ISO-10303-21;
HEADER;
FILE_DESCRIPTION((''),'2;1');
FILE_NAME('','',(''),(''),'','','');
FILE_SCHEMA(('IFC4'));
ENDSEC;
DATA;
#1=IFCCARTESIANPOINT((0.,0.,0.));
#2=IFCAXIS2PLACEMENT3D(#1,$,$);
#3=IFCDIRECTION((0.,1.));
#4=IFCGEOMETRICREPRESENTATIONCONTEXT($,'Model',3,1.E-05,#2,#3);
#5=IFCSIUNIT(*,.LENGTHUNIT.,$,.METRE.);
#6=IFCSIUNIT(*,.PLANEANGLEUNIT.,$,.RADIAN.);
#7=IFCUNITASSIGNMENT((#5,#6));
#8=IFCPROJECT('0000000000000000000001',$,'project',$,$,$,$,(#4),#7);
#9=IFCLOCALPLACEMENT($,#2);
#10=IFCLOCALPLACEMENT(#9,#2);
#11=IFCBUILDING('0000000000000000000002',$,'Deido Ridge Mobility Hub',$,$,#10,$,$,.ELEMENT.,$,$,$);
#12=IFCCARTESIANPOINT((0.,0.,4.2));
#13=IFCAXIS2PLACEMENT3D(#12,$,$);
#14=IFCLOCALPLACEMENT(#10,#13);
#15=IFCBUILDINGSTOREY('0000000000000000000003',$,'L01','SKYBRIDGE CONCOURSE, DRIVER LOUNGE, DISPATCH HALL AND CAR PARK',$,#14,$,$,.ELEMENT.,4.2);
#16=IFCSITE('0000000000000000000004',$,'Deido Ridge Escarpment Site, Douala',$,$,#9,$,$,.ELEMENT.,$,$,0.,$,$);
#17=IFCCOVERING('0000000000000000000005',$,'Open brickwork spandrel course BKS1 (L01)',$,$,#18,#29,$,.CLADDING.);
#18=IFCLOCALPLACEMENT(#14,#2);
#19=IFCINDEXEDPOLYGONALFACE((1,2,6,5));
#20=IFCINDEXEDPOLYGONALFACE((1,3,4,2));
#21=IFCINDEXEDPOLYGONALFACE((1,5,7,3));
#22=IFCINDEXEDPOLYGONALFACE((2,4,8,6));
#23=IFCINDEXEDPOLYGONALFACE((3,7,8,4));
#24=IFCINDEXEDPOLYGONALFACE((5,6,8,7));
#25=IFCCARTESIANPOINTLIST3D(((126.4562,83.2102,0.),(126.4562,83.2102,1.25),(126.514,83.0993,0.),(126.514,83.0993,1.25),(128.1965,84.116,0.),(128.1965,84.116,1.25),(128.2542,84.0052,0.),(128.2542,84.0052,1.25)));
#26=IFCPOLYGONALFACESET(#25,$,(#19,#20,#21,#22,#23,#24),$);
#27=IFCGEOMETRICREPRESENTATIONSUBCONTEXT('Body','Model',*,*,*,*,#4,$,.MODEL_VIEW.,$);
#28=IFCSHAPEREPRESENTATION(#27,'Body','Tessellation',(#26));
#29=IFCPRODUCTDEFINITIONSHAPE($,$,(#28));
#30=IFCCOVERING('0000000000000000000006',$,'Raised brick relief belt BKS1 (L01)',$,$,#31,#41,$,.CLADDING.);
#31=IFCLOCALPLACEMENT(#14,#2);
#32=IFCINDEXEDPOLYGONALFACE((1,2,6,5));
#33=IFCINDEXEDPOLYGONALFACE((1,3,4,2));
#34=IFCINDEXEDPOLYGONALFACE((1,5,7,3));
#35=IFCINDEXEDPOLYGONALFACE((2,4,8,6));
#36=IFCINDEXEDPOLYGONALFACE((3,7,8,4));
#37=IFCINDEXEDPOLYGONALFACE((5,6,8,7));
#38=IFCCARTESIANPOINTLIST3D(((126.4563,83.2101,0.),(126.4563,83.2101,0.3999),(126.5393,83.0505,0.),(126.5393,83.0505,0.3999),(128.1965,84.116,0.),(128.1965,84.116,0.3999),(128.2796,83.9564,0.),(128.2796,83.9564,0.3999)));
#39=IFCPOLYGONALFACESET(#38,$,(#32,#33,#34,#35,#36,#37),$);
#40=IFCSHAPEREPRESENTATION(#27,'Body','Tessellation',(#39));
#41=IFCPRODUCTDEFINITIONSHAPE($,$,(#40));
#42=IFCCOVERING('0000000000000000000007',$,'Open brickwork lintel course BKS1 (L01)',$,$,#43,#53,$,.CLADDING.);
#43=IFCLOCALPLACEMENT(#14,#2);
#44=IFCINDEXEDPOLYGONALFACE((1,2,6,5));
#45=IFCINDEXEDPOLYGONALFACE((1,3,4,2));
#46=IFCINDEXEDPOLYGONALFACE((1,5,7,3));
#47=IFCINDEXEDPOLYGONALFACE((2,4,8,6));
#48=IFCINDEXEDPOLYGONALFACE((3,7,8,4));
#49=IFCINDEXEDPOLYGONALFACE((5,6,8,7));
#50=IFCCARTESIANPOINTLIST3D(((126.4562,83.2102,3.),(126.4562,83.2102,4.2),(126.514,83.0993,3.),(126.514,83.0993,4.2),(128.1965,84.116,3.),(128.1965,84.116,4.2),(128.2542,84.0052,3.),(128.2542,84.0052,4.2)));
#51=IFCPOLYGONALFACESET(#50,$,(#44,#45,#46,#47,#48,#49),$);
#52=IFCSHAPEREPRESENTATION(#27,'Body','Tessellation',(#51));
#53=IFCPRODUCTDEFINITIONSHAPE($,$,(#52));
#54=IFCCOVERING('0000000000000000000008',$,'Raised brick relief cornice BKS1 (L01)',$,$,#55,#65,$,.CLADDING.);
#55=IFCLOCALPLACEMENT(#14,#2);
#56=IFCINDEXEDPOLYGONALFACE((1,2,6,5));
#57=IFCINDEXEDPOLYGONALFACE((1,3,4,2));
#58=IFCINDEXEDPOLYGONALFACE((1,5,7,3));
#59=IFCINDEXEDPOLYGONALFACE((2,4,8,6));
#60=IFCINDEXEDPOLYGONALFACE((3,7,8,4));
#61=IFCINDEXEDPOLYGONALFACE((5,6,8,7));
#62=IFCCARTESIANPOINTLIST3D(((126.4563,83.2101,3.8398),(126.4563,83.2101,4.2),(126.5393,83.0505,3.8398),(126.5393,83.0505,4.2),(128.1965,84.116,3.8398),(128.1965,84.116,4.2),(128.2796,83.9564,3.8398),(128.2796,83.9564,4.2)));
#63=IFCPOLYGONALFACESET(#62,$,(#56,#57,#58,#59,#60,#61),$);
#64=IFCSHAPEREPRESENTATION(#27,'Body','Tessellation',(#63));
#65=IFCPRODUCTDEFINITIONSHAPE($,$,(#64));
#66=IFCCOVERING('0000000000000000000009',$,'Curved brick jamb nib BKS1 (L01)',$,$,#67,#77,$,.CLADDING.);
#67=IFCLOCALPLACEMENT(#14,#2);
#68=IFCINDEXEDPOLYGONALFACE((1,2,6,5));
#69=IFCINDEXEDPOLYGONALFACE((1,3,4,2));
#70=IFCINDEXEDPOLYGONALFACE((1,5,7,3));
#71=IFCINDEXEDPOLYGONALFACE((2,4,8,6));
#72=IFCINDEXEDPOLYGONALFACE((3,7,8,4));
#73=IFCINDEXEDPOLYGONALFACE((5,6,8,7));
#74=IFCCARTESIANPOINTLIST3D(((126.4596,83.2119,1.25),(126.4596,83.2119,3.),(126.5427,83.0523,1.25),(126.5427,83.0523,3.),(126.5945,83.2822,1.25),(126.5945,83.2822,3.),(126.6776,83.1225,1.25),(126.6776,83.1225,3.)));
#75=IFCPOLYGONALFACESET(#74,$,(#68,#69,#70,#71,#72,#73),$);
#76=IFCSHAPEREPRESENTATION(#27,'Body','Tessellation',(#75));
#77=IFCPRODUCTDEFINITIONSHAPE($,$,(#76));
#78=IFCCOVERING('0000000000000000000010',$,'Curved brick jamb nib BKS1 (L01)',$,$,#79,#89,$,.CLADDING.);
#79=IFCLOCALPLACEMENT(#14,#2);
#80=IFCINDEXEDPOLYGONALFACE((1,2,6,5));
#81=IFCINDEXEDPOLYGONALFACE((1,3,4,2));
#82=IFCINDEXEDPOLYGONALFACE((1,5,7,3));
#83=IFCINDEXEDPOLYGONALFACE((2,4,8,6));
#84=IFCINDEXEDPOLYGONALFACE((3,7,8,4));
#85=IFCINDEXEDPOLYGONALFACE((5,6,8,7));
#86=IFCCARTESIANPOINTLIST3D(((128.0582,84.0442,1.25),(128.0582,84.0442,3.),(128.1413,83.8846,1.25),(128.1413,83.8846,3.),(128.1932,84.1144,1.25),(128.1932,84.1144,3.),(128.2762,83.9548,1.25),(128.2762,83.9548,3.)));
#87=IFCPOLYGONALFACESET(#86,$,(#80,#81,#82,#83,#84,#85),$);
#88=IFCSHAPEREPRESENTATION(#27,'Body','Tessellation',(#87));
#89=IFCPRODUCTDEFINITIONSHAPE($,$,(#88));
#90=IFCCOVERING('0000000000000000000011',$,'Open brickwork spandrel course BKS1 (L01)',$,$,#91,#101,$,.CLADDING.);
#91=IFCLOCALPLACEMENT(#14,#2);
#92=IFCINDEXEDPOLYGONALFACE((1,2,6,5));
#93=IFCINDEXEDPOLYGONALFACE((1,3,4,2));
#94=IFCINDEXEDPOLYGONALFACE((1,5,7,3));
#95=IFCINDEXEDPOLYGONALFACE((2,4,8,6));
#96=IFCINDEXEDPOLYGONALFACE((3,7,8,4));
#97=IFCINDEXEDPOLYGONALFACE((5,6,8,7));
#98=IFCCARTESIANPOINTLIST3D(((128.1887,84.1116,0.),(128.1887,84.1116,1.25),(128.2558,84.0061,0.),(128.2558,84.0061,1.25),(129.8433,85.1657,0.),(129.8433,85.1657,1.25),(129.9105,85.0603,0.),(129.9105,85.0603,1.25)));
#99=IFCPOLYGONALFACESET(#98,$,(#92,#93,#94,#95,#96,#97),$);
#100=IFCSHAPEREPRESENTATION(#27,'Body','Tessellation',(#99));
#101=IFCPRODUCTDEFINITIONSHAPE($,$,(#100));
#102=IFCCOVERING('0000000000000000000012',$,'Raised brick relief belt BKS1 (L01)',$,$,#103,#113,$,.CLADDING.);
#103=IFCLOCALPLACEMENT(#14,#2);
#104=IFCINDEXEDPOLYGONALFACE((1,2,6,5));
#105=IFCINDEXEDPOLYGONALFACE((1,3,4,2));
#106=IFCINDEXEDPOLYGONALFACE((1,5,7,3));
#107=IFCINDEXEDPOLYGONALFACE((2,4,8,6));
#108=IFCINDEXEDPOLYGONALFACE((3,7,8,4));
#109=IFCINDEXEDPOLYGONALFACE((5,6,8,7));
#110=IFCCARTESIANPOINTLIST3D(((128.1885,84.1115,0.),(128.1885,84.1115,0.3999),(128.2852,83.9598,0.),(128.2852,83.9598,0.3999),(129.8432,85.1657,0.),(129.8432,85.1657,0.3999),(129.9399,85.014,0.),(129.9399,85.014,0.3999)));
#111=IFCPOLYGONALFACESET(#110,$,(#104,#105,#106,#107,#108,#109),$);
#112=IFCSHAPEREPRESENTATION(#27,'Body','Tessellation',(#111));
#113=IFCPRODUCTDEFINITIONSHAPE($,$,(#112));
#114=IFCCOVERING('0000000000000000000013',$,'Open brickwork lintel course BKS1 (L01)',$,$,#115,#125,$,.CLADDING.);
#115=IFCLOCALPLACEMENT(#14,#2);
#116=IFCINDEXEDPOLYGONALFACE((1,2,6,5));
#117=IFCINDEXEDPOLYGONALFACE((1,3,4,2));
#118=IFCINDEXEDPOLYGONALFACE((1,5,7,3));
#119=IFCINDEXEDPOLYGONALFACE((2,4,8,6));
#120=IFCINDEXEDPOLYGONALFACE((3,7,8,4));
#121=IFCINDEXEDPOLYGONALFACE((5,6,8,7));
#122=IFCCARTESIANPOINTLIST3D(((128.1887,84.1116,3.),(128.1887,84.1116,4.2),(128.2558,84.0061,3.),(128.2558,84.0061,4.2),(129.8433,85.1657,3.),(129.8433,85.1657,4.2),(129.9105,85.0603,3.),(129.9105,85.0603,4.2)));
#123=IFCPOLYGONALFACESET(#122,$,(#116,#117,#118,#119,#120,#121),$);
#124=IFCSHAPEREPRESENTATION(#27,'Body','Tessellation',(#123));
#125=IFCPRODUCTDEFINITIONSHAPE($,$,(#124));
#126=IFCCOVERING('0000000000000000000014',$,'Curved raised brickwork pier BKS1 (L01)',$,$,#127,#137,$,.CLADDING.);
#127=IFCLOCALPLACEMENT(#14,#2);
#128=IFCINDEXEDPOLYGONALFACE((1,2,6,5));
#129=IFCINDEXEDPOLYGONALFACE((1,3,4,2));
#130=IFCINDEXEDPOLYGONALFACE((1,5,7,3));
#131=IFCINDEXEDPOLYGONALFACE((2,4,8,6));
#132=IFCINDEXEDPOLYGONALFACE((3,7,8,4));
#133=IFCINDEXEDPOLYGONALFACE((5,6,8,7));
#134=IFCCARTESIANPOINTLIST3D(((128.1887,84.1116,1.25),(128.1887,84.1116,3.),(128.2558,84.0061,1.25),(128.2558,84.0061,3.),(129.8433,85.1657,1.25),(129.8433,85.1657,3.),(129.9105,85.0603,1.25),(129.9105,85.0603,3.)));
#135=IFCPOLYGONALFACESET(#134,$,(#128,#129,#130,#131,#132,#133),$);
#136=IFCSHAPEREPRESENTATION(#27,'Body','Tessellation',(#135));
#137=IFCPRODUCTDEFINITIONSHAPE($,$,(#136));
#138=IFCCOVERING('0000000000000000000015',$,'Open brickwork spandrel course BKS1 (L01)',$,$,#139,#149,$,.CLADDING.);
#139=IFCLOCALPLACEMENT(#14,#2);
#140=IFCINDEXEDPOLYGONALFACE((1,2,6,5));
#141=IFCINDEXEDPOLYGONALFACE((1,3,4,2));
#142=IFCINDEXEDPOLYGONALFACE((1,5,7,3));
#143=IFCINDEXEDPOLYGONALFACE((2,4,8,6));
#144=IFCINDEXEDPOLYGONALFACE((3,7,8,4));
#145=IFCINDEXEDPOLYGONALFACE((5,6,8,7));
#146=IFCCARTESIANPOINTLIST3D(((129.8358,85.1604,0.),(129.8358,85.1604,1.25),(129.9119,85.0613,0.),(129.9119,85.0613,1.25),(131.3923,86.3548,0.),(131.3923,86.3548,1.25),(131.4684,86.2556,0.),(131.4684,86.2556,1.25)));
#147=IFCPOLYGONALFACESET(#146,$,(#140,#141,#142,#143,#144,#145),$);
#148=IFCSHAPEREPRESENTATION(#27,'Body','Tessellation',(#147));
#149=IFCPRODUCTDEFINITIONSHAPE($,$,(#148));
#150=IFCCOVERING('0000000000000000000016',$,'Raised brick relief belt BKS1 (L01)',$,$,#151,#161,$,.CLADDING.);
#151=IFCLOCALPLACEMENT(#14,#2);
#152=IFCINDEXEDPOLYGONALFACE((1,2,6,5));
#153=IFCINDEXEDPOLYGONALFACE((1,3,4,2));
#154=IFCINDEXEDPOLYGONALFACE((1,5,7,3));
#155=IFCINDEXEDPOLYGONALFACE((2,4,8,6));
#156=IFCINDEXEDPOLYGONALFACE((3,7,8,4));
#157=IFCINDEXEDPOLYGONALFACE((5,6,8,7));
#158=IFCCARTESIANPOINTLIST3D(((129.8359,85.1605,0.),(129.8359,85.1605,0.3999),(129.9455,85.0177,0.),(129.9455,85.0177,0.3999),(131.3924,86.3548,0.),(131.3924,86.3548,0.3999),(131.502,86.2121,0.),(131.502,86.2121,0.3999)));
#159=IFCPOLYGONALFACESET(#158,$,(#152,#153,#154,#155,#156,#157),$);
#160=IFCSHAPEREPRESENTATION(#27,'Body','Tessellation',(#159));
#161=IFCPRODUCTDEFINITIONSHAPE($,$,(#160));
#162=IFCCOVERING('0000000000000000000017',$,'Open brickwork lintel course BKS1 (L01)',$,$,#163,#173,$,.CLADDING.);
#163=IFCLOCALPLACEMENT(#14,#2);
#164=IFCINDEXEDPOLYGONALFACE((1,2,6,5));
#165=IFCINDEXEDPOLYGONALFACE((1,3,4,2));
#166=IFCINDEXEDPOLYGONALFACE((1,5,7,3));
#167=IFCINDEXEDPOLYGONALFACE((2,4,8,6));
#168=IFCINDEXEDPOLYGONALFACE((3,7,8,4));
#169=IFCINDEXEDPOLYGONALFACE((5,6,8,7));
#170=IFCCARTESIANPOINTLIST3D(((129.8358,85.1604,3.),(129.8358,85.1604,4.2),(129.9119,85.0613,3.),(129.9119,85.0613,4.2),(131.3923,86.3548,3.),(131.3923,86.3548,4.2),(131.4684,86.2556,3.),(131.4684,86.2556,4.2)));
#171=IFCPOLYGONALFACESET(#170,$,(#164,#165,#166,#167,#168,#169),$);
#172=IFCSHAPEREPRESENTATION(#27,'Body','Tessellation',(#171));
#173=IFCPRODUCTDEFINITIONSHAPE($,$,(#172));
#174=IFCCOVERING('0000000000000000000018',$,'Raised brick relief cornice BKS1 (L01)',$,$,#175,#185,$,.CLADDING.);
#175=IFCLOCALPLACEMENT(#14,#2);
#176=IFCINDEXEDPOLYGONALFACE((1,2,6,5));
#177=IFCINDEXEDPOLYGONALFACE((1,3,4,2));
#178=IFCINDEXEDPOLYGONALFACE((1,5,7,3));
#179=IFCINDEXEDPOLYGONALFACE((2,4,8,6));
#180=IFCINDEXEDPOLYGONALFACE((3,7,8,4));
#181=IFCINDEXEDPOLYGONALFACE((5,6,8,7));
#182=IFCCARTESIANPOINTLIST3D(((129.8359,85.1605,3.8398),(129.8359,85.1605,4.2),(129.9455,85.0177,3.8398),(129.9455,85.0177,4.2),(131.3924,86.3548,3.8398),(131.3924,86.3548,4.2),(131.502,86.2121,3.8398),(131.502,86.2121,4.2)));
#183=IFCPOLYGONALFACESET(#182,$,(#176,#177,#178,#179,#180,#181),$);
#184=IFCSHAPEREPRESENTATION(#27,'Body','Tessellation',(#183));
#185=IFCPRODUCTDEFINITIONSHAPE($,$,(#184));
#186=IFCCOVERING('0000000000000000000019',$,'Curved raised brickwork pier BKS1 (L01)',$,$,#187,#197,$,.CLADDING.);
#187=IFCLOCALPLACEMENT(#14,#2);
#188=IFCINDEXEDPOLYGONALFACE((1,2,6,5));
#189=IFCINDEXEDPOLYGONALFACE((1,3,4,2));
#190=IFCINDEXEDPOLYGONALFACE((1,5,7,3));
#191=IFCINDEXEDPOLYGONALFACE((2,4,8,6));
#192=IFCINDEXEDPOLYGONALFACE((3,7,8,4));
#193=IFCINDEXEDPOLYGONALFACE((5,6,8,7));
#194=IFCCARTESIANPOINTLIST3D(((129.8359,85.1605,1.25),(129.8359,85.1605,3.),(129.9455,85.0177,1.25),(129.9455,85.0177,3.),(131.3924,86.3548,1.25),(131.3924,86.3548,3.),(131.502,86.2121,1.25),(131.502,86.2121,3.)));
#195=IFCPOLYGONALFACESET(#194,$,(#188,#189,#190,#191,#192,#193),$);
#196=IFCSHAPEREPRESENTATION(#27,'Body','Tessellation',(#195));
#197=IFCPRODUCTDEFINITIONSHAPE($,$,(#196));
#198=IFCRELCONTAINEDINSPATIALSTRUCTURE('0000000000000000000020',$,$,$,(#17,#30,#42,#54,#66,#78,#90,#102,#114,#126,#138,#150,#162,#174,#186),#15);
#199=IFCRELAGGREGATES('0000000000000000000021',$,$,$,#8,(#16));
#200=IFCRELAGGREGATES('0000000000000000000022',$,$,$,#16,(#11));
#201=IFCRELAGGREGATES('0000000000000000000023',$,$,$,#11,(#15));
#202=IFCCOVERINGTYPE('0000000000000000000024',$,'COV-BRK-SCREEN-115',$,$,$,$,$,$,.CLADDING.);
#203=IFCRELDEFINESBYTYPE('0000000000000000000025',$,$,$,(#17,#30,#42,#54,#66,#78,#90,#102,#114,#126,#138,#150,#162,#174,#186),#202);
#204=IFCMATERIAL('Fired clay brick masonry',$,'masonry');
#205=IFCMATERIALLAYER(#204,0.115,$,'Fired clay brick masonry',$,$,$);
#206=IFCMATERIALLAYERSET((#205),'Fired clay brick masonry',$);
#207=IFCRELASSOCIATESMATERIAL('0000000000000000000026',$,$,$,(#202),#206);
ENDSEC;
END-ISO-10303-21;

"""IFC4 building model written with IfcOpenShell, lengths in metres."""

from ifc_helpers import new_model, si_unit, direction, frame, origin, origin_2d, place, context, subcontext, project, spatial, rectangle, extrude, material, layer, layer_set, type_object, element, save


model = new_model("IFC4")

# Units and contexts
model_context = context("Model", 3, precision=1e-05, world=origin(), true_north=direction((0.0, 1.0)))
body_context = subcontext(model_context, "Body", "Model", "MODEL_VIEW")
ifc_project = project(units=[si_unit("LENGTHUNIT", "METRE"), si_unit("PLANEANGLEUNIT", "RADIAN")], contexts=[model_context])

# Site, building, storey
site_placement = place(None, origin())
site = spatial("IfcSite", under=ifc_project, at=site_placement, Name="Deido Ridge Escarpment Site, Douala", CompositionType="ELEMENT", RefElevation=0.0)
building_placement = place(site_placement, origin())
building = spatial("IfcBuilding", under=site, at=building_placement, Name="Deido Ridge Mobility Hub", CompositionType="ELEMENT")
storey_placement = place(building_placement, frame((0.0, 0.0, 4.2)))
storey = spatial("IfcBuildingStorey", under=building, at=storey_placement, Name="L01", Description="SKYBRIDGE CONCOURSE, DRIVER LOUNGE, DISPATCH HALL AND CAR PARK", CompositionType="ELEMENT", Elevation=4.2)

# Coverings
ifc_material_1 = material(Name="Fired clay brick masonry", Category="masonry")
ifc_layer = layer(ifc_material_1, 0.115, Name="Fired clay brick masonry")
ifc_layer_set = layer_set([ifc_layer], Name="Fired clay brick masonry")
covering_type = type_object("IfcCoveringType", Name="COV-BRK-SCREEN-115", PredefinedType="CLADDING", material=ifc_layer_set)
covering_1_placement = place(storey_placement, frame((127.3552, 83.6077, 0.0), z_axis=(0.0, 0.0, 1.0), x_axis=(0.887019, 0.461733, 0.0)))
element("IfcCovering", 1, at=covering_1_placement, inside=storey, type_object=covering_type, Name="Open brickwork spandrel course BKS1 (L01)", PredefinedType="CLADDING", context=body_context, shape_type="SweptSolid", body=[
    extrude(rectangle(XDim=1.9619, YDim=0.125, at=origin_2d()), origin(), (0.0, 0.0, 1.0), 1.25),
])
covering_2_placement = place(storey_placement, frame((127.3679, 83.5833, 0.0), z_axis=(0.0, 0.0, 1.0), x_axis=(0.887019, 0.461733, 0.0)))
element("IfcCovering", 2, at=covering_2_placement, inside=storey, type_object=covering_type, Name="Raised brick relief belt BKS1 (L01)", PredefinedType="CLADDING", context=body_context, shape_type="SweptSolid", body=[
    extrude(rectangle(XDim=1.9619, YDim=0.1799, at=origin_2d()), origin(), (0.0, 0.0, 1.0), 0.3999),
])
covering_3_placement = place(storey_placement, frame((127.3552, 83.6077, 3.0), z_axis=(0.0, 0.0, 1.0), x_axis=(0.887019, 0.461733, 0.0)))
element("IfcCovering", 3, at=covering_3_placement, inside=storey, type_object=covering_type, Name="Open brickwork lintel course BKS1 (L01)", PredefinedType="CLADDING", context=body_context, shape_type="SweptSolid", body=[
    extrude(rectangle(XDim=1.9619, YDim=0.125, at=origin_2d()), origin(), (0.0, 0.0, 1.0), 1.2),
])
covering_4_placement = place(storey_placement, frame((127.3679, 83.5833, 3.8398), z_axis=(0.0, 0.0, 1.0), x_axis=(0.887019, 0.461733, 0.0)))
element("IfcCovering", 4, at=covering_4_placement, inside=storey, type_object=covering_type, Name="Raised brick relief cornice BKS1 (L01)", PredefinedType="CLADDING", context=body_context, shape_type="SweptSolid", body=[
    extrude(rectangle(XDim=1.9619, YDim=0.1799, at=origin_2d()), origin(), (0.0, 0.0, 1.0), 0.3601),
])
for number, where, z_axis, x_axis, name in (
    (5, (126.5686, 83.1672, 1.25), (0.0, 0.0, 1.0), (0.887019, 0.461733, 0.0), "Curved brick jamb nib BKS1 (L01)"),
    (6, (128.1672, 83.9995, 1.25), (0.0, 0.0, 1.0), (0.887019, 0.461733, 0.0), "Curved brick jamb nib BKS1 (L01)"),
):
    element("IfcCovering", number, at=place(storey_placement, frame(where, z_axis=z_axis, x_axis=x_axis)), inside=storey, type_object=covering_type, Name=name, PredefinedType="CLADDING", context=body_context, shape_type="SweptSolid", body=[
        extrude(rectangle(XDim=0.1521, YDim=0.1799, at=origin_2d()), origin(), (0.0, 0.0, 1.0), 1.75),
    ])
covering_5_placement = place(storey_placement, frame((129.0496, 84.5859, 0.0), z_axis=(0.0, 0.0, 1.0), x_axis=(0.843382, 0.537314, 0.0)))
element("IfcCovering", 7, at=covering_5_placement, inside=storey, type_object=covering_type, Name="Open brickwork spandrel course BKS1 (L01)", PredefinedType="CLADDING", context=body_context, shape_type="SweptSolid", body=[
    extrude(rectangle(XDim=1.9619, YDim=0.125, at=origin_2d()), origin(), (0.0, 0.0, 1.0), 1.25),
])
covering_6_placement = place(storey_placement, frame((129.0642, 84.5627, 0.0), z_axis=(0.0, 0.0, 1.0), x_axis=(0.843382, 0.537314, 0.0)))
element("IfcCovering", 8, at=covering_6_placement, inside=storey, type_object=covering_type, Name="Raised brick relief belt BKS1 (L01)", PredefinedType="CLADDING", context=body_context, shape_type="SweptSolid", body=[
    extrude(rectangle(XDim=1.9619, YDim=0.1799, at=origin_2d()), origin(), (0.0, 0.0, 1.0), 0.3999),
])
covering_7_placement = place(storey_placement, frame((129.0496, 84.5859, 3.0), z_axis=(0.0, 0.0, 1.0), x_axis=(0.843382, 0.537314, 0.0)))
element("IfcCovering", 9, at=covering_7_placement, inside=storey, type_object=covering_type, Name="Open brickwork lintel course BKS1 (L01)", PredefinedType="CLADDING", context=body_context, shape_type="SweptSolid", body=[
    extrude(rectangle(XDim=1.9619, YDim=0.125, at=origin_2d()), origin(), (0.0, 0.0, 1.0), 1.2),
])
covering_8_placement = place(storey_placement, frame((129.0496, 84.5859, 1.25), z_axis=(0.0, 0.0, 1.0), x_axis=(0.843382, 0.537314, 0.0)))
element("IfcCovering", 10, at=covering_8_placement, inside=storey, type_object=covering_type, Name="Curved raised brickwork pier BKS1 (L01)", PredefinedType="CLADDING", context=body_context, shape_type="SweptSolid", body=[
    extrude(rectangle(XDim=1.9619, YDim=0.125, at=origin_2d()), origin(), (0.0, 0.0, 1.0), 1.75),
])
covering_9_placement = place(storey_placement, frame((130.6521, 85.708, 0.0), z_axis=(0.0, 0.0, 1.0), x_axis=(0.793353, 0.608761, 0.0)))
element("IfcCovering", 11, at=covering_9_placement, inside=storey, type_object=covering_type, Name="Open brickwork spandrel course BKS1 (L01)", PredefinedType="CLADDING", context=body_context, shape_type="SweptSolid", body=[
    extrude(rectangle(XDim=1.9619, YDim=0.125, at=origin_2d()), origin(), (0.0, 0.0, 1.0), 1.25),
])
covering_10_placement = place(storey_placement, frame((130.6689, 85.6863, 0.0), z_axis=(0.0, 0.0, 1.0), x_axis=(0.793353, 0.608761, 0.0)))
element("IfcCovering", 12, at=covering_10_placement, inside=storey, type_object=covering_type, Name="Raised brick relief belt BKS1 (L01)", PredefinedType="CLADDING", context=body_context, shape_type="SweptSolid", body=[
    extrude(rectangle(XDim=1.9619, YDim=0.1799, at=origin_2d()), origin(), (0.0, 0.0, 1.0), 0.3999),
])
covering_11_placement = place(storey_placement, frame((130.6521, 85.708, 3.0), z_axis=(0.0, 0.0, 1.0), x_axis=(0.793353, 0.608761, 0.0)))
element("IfcCovering", 13, at=covering_11_placement, inside=storey, type_object=covering_type, Name="Open brickwork lintel course BKS1 (L01)", PredefinedType="CLADDING", context=body_context, shape_type="SweptSolid", body=[
    extrude(rectangle(XDim=1.9619, YDim=0.125, at=origin_2d()), origin(), (0.0, 0.0, 1.0), 1.2),
])
covering_12_placement = place(storey_placement, frame((130.6689, 85.6863, 3.8398), z_axis=(0.0, 0.0, 1.0), x_axis=(0.793353, 0.608761, 0.0)))
element("IfcCovering", 14, at=covering_12_placement, inside=storey, type_object=covering_type, Name="Raised brick relief cornice BKS1 (L01)", PredefinedType="CLADDING", context=body_context, shape_type="SweptSolid", body=[
    extrude(rectangle(XDim=1.9619, YDim=0.1799, at=origin_2d()), origin(), (0.0, 0.0, 1.0), 0.3601),
])
covering_13_placement = place(storey_placement, frame((130.6689, 85.6863, 1.25), z_axis=(0.0, 0.0, 1.0), x_axis=(0.793353, 0.608761, 0.0)))
element("IfcCovering", 15, at=covering_13_placement, inside=storey, type_object=covering_type, Name="Curved raised brickwork pier BKS1 (L01)", PredefinedType="CLADDING", context=body_context, shape_type="SweptSolid", body=[
    extrude(rectangle(XDim=1.9619, YDim=0.1799, at=origin_2d()), origin(), (0.0, 0.0, 1.0), 1.75),
])

save(model, "model.ifc")
